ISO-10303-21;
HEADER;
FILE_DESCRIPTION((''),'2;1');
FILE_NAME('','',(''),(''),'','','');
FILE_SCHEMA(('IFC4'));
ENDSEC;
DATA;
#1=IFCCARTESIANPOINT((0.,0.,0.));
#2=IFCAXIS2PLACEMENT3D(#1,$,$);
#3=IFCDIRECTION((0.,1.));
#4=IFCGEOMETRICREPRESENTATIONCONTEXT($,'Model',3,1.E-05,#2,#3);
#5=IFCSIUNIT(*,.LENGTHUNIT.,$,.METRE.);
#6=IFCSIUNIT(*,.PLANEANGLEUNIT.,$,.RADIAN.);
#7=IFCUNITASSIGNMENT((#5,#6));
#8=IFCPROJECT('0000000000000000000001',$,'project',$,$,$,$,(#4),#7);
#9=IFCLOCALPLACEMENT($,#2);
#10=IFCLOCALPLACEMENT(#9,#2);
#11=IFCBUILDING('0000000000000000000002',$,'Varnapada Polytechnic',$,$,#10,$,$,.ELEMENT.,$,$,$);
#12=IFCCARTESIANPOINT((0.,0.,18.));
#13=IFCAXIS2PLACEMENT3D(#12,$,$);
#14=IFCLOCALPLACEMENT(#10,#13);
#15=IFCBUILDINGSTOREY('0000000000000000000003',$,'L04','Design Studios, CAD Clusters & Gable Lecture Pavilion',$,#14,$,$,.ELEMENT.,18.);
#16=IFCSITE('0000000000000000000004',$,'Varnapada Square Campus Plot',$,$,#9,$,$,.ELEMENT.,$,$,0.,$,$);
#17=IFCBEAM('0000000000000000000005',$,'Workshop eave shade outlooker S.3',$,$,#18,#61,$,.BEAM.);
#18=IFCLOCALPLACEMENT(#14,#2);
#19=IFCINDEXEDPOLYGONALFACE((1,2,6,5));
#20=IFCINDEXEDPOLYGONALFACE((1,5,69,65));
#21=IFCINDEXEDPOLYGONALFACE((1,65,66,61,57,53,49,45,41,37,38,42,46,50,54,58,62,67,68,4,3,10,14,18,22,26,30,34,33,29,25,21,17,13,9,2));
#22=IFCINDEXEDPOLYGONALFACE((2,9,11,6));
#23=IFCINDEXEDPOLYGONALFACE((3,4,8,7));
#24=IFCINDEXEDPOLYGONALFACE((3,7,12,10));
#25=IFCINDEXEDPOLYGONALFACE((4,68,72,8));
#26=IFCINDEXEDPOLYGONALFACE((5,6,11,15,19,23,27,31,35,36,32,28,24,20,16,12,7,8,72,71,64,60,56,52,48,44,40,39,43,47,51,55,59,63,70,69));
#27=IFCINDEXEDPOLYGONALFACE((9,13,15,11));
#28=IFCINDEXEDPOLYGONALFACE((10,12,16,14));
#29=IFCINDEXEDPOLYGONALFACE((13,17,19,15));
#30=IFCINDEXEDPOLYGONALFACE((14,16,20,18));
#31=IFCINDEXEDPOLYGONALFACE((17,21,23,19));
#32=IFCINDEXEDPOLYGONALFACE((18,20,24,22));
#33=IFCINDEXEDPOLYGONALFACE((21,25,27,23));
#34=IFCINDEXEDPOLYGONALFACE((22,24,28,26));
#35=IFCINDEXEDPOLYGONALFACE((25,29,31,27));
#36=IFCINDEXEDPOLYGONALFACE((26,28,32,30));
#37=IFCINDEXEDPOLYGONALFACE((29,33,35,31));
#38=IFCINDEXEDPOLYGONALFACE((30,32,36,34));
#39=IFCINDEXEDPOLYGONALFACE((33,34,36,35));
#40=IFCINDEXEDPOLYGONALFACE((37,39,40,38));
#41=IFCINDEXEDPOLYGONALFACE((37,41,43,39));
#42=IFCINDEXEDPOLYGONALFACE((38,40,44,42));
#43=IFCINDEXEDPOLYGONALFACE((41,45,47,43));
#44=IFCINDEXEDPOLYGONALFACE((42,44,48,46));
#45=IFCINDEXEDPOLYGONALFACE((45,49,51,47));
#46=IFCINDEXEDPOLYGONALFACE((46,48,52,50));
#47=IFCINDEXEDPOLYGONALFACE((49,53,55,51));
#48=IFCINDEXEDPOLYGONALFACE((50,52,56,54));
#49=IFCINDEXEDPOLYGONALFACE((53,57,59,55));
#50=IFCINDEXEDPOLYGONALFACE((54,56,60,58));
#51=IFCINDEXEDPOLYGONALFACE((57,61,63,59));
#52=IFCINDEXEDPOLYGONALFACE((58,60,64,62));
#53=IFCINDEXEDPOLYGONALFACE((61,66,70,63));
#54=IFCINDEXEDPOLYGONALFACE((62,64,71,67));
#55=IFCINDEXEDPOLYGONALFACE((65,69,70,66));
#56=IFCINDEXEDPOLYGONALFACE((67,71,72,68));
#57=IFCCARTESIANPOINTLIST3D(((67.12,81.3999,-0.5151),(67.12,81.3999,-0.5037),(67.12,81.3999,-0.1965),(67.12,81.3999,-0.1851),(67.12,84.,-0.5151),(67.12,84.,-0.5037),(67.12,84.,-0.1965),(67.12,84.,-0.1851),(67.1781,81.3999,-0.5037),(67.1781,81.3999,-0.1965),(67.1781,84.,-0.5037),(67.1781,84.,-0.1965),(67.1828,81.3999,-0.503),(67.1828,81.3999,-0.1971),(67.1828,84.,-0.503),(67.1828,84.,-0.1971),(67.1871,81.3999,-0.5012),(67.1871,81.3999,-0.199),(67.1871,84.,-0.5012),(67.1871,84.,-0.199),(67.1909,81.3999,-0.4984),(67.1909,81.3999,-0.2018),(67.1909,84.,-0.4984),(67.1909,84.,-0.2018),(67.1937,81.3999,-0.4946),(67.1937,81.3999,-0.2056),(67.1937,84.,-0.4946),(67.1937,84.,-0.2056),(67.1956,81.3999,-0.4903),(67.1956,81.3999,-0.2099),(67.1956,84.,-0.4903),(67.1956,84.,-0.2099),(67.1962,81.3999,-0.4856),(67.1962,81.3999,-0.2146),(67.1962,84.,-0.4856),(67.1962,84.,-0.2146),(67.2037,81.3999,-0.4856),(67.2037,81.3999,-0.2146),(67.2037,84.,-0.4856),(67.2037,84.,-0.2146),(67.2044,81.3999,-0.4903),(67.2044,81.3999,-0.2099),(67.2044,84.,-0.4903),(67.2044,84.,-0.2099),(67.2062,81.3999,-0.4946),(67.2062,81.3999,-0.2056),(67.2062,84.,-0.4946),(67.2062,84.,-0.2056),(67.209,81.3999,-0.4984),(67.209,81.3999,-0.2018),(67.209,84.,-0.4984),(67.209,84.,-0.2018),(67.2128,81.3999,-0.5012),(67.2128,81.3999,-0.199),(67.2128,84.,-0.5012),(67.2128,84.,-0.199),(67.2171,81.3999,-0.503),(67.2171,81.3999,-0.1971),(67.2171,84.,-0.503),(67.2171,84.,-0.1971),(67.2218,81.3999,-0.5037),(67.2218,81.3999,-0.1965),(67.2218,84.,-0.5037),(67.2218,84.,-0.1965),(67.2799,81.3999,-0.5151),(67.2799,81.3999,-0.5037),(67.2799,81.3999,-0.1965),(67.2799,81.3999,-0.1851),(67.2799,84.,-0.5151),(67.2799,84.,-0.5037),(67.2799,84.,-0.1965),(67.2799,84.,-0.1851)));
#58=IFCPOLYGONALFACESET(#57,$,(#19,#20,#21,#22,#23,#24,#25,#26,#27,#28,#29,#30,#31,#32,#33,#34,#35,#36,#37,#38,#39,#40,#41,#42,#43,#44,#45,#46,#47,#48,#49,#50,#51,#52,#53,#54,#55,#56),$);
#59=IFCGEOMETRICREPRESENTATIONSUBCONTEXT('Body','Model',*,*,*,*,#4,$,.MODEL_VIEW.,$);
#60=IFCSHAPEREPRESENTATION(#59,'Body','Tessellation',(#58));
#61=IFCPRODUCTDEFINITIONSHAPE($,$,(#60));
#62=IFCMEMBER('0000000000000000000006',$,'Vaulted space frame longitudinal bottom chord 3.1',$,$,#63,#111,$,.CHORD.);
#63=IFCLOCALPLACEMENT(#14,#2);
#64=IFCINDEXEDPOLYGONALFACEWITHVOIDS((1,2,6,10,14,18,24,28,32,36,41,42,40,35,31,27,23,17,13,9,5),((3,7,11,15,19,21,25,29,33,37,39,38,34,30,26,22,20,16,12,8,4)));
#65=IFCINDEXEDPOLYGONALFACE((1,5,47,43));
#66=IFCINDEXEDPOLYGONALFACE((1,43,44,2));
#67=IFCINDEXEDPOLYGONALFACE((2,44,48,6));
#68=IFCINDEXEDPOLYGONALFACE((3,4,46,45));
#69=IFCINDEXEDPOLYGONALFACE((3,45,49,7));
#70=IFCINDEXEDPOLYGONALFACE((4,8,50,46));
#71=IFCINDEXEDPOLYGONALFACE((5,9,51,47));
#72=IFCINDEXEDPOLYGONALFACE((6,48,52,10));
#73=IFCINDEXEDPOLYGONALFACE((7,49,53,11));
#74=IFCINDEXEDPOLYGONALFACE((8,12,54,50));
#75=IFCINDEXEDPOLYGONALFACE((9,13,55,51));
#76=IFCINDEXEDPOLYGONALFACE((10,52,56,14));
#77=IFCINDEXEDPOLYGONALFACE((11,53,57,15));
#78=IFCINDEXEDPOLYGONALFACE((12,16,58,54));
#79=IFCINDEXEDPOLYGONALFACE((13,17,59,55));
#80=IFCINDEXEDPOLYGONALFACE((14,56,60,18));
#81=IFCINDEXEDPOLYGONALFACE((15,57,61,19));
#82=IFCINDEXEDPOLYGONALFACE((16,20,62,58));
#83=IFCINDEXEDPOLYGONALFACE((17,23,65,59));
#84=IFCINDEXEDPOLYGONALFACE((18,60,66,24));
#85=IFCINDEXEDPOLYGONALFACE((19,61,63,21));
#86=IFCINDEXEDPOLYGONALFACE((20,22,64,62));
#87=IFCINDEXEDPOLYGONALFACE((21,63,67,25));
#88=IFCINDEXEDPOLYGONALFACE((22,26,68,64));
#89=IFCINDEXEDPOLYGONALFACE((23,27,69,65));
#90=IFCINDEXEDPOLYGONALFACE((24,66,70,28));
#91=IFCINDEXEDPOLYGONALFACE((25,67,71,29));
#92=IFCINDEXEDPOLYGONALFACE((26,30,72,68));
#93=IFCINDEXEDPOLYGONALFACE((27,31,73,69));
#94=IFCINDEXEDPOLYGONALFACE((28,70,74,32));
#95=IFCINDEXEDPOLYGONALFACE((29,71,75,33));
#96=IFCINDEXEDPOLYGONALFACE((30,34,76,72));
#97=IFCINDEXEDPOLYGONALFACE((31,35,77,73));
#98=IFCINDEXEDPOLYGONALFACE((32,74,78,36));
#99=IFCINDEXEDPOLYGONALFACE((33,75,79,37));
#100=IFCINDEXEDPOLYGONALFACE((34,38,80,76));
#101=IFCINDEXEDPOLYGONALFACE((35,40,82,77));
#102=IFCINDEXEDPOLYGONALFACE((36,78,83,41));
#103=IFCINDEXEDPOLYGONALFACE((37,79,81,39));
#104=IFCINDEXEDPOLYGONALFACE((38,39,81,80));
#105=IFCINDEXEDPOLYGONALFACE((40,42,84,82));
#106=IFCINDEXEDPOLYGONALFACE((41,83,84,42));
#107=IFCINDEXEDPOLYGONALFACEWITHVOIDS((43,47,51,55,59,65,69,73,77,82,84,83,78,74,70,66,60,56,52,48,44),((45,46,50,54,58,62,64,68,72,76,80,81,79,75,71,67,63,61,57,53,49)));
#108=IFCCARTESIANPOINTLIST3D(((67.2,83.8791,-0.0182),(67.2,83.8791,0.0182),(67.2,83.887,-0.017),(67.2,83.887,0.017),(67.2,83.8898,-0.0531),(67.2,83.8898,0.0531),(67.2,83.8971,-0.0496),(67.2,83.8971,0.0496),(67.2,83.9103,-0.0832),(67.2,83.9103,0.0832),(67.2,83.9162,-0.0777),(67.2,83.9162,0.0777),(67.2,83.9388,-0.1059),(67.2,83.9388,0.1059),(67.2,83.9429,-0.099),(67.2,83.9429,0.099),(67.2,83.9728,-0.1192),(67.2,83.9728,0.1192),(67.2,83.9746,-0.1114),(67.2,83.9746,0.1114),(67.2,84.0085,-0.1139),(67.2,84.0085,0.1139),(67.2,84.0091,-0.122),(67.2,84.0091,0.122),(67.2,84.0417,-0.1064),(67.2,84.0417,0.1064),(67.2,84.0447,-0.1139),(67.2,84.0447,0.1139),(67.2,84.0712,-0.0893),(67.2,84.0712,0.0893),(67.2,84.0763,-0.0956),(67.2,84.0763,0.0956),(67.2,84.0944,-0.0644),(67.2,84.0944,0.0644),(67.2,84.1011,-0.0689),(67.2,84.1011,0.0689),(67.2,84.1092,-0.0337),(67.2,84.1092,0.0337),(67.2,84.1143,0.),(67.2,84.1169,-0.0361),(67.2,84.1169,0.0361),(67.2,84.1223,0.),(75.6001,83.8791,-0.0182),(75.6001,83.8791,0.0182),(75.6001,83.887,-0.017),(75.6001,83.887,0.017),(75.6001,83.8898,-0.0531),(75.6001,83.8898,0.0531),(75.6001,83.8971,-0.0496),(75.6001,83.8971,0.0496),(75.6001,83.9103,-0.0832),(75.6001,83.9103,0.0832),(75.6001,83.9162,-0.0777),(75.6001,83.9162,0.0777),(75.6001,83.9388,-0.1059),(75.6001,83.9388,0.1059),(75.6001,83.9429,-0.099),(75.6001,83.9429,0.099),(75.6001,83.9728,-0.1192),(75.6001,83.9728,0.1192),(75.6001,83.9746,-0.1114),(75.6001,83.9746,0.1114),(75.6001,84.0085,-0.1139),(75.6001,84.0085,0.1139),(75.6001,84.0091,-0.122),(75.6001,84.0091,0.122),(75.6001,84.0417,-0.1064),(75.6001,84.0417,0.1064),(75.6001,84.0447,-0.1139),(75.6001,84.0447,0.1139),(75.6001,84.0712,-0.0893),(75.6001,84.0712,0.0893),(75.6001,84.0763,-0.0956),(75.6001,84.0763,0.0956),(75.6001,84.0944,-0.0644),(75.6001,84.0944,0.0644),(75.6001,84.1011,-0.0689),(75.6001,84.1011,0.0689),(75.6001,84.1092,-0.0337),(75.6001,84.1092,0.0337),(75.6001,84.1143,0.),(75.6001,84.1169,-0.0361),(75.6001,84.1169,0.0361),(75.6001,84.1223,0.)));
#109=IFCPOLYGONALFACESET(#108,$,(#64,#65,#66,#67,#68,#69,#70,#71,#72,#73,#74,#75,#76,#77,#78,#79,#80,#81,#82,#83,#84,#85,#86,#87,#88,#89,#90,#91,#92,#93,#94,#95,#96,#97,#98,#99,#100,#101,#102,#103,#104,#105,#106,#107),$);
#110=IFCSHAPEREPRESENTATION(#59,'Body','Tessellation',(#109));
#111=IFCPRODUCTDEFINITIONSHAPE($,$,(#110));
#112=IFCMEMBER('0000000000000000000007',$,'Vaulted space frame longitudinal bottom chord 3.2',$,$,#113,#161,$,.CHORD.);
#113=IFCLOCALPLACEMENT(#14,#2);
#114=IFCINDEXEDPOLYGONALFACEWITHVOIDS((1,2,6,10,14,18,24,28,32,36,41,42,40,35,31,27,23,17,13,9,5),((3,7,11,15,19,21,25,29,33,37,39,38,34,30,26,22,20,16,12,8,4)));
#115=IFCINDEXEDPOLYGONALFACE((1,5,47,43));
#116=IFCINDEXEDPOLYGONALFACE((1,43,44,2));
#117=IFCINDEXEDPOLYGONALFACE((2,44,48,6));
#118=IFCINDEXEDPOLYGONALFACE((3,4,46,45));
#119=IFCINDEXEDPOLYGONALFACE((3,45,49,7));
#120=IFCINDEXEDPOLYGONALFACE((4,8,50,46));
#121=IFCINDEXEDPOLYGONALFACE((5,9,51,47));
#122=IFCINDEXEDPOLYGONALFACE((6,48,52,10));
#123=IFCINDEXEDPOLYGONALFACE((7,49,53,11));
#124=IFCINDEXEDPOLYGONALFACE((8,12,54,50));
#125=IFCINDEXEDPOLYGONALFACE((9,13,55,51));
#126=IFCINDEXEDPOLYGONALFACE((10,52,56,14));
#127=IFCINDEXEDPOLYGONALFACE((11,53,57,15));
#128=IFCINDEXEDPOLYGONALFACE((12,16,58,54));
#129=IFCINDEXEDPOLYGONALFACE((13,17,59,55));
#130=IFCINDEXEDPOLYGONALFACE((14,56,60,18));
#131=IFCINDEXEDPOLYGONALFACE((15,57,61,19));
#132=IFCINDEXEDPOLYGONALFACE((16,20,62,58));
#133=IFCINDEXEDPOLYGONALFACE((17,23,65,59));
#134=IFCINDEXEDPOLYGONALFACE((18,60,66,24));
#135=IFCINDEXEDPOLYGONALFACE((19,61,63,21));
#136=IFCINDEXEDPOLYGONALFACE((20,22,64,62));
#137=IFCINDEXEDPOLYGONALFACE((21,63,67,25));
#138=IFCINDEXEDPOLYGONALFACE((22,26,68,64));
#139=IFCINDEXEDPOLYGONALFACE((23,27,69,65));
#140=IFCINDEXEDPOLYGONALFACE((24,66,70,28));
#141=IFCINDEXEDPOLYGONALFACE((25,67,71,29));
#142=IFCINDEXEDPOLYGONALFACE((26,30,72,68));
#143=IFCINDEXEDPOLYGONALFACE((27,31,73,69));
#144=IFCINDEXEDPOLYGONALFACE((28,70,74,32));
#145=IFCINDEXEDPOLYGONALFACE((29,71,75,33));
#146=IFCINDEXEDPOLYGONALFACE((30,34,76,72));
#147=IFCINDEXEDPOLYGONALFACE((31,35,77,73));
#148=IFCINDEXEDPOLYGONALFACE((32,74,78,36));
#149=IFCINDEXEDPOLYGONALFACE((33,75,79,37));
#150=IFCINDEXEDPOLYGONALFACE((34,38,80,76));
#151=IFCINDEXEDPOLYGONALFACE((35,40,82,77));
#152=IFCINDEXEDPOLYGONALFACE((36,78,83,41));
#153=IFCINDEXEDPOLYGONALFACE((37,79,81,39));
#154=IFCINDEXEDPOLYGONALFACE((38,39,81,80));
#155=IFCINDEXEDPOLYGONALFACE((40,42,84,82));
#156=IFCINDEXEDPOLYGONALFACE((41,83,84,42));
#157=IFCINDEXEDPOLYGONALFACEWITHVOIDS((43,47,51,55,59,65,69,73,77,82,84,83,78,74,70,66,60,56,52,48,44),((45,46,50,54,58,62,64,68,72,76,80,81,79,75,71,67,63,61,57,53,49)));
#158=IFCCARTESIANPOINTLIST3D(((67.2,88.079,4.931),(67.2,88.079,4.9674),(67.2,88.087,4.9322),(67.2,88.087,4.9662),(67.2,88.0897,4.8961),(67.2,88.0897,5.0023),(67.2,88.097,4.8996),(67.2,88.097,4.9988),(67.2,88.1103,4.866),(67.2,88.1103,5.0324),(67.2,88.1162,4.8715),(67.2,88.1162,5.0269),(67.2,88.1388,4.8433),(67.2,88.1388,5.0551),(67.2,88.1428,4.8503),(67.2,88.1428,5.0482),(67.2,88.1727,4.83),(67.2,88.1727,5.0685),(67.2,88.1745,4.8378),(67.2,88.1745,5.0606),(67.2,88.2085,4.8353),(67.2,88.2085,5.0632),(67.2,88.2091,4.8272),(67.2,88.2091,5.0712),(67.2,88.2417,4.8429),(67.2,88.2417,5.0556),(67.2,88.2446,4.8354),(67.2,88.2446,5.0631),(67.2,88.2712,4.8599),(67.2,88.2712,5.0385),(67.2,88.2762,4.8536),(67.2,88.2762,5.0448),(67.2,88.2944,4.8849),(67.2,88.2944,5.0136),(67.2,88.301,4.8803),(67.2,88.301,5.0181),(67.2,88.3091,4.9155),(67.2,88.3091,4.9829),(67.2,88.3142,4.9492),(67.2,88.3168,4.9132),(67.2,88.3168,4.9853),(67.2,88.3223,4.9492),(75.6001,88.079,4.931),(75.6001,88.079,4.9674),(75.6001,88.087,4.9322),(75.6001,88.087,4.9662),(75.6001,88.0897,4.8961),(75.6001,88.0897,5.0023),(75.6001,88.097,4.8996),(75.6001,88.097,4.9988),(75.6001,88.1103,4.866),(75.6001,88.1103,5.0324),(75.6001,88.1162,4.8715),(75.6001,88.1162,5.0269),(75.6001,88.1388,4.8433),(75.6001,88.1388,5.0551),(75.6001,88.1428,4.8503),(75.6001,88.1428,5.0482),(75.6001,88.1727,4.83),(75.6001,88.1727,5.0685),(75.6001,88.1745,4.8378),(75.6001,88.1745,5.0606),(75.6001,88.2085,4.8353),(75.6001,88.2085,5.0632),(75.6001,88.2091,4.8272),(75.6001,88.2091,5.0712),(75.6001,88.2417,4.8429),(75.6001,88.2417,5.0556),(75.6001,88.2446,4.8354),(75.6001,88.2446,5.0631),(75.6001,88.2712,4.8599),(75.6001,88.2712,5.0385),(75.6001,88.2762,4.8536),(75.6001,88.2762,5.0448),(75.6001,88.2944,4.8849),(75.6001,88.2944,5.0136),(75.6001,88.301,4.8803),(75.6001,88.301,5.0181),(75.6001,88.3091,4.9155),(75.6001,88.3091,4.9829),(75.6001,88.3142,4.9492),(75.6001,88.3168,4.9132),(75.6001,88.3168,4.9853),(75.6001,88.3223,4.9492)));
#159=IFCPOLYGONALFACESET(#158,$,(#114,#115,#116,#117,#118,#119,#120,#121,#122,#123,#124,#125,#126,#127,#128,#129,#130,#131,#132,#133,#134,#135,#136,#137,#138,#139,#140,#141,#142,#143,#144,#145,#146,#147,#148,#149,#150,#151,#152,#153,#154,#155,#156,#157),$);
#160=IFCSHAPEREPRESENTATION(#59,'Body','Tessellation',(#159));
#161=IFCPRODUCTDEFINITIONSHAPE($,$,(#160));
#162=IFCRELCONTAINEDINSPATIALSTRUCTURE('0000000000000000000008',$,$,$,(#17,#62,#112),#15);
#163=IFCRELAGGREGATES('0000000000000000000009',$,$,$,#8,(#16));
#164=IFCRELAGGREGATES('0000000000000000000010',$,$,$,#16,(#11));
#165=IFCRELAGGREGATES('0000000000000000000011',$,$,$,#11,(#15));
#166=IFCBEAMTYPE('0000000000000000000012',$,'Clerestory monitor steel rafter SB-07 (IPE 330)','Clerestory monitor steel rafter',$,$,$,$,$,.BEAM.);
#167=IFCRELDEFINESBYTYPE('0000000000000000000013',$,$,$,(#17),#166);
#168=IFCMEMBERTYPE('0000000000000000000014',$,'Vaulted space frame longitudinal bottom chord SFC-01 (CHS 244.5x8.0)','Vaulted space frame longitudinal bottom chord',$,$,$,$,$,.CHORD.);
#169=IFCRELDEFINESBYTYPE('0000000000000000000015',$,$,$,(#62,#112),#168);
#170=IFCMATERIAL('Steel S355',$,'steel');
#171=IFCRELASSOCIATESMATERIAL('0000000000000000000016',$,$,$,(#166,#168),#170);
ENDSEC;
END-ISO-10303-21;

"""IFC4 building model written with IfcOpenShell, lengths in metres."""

from ifc_helpers import new_model, si_unit, direction, frame, origin, origin_2d, place, context, subcontext, project, spatial, hollow_circle, i_section, extrude, material, material_profile, profile_set, type_object, element, save


model = new_model("IFC4")

# Units and contexts
model_context = context("Model", 3, precision=1e-05, world=origin(), true_north=direction((0.0, 1.0)))
body_context = subcontext(model_context, "Body", "Model", "MODEL_VIEW")
ifc_project = project(units=[si_unit("LENGTHUNIT", "METRE"), si_unit("PLANEANGLEUNIT", "RADIAN")], contexts=[model_context])

# Site, building, storey
site_placement = place(None, origin())
site = spatial("IfcSite", under=ifc_project, at=site_placement, Name="Varnapada Square Campus Plot", CompositionType="ELEMENT", RefElevation=0.0)
building_placement = place(site_placement, origin())
building = spatial("IfcBuilding", under=site, at=building_placement, Name="Varnapada Polytechnic", CompositionType="ELEMENT")
storey_placement = place(building_placement, frame((0.0, 0.0, 18.0)))
storey = spatial("IfcBuildingStorey", under=building, at=storey_placement, Name="L04", Description="Design Studios, CAD Clusters & Gable Lecture Pavilion", CompositionType="ELEMENT", Elevation=18.0)

# Beam
ifc_material = material(Name="Steel S355", Category="steel")
ifc_material_profile_1 = material_profile(ifc_material, i_section(OverallWidth=0.1599, OverallDepth=0.3301, WebThickness=0.0076, FlangeThickness=0.0115, FilletRadius=0.0181, at=origin_2d()), Name="IPE 330")
ifc_profile_set_1 = profile_set([ifc_material_profile_1], Name="Steel S355")
beam_type_1 = type_object("IfcBeamType", Name="Clerestory monitor steel rafter SB-07 (IPE 330)", Description="Clerestory monitor steel rafter", PredefinedType="BEAM", material=ifc_profile_set_1)
beam_1_placement = place(storey_placement, frame((67.2, 84.0, -0.3501), z_axis=(0.0, -1.0, 0.0), x_axis=(1.0, 0.0, 0.0)))
element("IfcBeam", 1, at=beam_1_placement, inside=storey, type_object=beam_type_1, Name="Workshop eave shade outlooker S.3", PredefinedType="BEAM", context=body_context, shape_type="SweptSolid", body=[
    extrude(i_section(OverallWidth=0.1599, OverallDepth=0.3301, WebThickness=0.0076, FlangeThickness=0.0115, FilletRadius=0.0181, at=origin_2d()), origin(), (0.0, 0.0, 1.0), 2.6001),
])

# Members
ifc_material_profile_2 = material_profile(ifc_material, hollow_circle(Radius=0.1223, WallThickness=0.0081, at=origin_2d()), Name="CHS 244.5x8.0")
ifc_profile_set_2 = profile_set([ifc_material_profile_2], Name="Steel S355")
member_type_1 = type_object("IfcMemberType", Name="Vaulted space frame longitudinal bottom chord SFC-01 (CHS 244.5x8.0)", Description="Vaulted space frame longitudinal bottom chord", PredefinedType="CHORD", material=ifc_profile_set_2)
for number, where, z_axis, x_axis, name in (
    (2, (67.2, 84.0, 0.0), (1.0, 0.0, 0.0), (0.0, 1.0, 0.0), "Vaulted space frame longitudinal bottom chord 3.1"),
    (3, (67.2, 88.2, 4.9492), (1.0, 0.0, 0.0), (0.0, 1.0, 0.0), "Vaulted space frame longitudinal bottom chord 3.2"),
):
    element("IfcMember", number, at=place(storey_placement, frame(where, z_axis=z_axis, x_axis=x_axis)), inside=storey, type_object=member_type_1, Name=name, PredefinedType="CHORD", context=body_context, shape_type="SweptSolid", body=[
        extrude(hollow_circle(Radius=0.1223, WallThickness=0.0081, at=origin_2d()), origin(), (0.0, 0.0, 1.0), 8.4001),
    ])

save(model, "model.ifc")
